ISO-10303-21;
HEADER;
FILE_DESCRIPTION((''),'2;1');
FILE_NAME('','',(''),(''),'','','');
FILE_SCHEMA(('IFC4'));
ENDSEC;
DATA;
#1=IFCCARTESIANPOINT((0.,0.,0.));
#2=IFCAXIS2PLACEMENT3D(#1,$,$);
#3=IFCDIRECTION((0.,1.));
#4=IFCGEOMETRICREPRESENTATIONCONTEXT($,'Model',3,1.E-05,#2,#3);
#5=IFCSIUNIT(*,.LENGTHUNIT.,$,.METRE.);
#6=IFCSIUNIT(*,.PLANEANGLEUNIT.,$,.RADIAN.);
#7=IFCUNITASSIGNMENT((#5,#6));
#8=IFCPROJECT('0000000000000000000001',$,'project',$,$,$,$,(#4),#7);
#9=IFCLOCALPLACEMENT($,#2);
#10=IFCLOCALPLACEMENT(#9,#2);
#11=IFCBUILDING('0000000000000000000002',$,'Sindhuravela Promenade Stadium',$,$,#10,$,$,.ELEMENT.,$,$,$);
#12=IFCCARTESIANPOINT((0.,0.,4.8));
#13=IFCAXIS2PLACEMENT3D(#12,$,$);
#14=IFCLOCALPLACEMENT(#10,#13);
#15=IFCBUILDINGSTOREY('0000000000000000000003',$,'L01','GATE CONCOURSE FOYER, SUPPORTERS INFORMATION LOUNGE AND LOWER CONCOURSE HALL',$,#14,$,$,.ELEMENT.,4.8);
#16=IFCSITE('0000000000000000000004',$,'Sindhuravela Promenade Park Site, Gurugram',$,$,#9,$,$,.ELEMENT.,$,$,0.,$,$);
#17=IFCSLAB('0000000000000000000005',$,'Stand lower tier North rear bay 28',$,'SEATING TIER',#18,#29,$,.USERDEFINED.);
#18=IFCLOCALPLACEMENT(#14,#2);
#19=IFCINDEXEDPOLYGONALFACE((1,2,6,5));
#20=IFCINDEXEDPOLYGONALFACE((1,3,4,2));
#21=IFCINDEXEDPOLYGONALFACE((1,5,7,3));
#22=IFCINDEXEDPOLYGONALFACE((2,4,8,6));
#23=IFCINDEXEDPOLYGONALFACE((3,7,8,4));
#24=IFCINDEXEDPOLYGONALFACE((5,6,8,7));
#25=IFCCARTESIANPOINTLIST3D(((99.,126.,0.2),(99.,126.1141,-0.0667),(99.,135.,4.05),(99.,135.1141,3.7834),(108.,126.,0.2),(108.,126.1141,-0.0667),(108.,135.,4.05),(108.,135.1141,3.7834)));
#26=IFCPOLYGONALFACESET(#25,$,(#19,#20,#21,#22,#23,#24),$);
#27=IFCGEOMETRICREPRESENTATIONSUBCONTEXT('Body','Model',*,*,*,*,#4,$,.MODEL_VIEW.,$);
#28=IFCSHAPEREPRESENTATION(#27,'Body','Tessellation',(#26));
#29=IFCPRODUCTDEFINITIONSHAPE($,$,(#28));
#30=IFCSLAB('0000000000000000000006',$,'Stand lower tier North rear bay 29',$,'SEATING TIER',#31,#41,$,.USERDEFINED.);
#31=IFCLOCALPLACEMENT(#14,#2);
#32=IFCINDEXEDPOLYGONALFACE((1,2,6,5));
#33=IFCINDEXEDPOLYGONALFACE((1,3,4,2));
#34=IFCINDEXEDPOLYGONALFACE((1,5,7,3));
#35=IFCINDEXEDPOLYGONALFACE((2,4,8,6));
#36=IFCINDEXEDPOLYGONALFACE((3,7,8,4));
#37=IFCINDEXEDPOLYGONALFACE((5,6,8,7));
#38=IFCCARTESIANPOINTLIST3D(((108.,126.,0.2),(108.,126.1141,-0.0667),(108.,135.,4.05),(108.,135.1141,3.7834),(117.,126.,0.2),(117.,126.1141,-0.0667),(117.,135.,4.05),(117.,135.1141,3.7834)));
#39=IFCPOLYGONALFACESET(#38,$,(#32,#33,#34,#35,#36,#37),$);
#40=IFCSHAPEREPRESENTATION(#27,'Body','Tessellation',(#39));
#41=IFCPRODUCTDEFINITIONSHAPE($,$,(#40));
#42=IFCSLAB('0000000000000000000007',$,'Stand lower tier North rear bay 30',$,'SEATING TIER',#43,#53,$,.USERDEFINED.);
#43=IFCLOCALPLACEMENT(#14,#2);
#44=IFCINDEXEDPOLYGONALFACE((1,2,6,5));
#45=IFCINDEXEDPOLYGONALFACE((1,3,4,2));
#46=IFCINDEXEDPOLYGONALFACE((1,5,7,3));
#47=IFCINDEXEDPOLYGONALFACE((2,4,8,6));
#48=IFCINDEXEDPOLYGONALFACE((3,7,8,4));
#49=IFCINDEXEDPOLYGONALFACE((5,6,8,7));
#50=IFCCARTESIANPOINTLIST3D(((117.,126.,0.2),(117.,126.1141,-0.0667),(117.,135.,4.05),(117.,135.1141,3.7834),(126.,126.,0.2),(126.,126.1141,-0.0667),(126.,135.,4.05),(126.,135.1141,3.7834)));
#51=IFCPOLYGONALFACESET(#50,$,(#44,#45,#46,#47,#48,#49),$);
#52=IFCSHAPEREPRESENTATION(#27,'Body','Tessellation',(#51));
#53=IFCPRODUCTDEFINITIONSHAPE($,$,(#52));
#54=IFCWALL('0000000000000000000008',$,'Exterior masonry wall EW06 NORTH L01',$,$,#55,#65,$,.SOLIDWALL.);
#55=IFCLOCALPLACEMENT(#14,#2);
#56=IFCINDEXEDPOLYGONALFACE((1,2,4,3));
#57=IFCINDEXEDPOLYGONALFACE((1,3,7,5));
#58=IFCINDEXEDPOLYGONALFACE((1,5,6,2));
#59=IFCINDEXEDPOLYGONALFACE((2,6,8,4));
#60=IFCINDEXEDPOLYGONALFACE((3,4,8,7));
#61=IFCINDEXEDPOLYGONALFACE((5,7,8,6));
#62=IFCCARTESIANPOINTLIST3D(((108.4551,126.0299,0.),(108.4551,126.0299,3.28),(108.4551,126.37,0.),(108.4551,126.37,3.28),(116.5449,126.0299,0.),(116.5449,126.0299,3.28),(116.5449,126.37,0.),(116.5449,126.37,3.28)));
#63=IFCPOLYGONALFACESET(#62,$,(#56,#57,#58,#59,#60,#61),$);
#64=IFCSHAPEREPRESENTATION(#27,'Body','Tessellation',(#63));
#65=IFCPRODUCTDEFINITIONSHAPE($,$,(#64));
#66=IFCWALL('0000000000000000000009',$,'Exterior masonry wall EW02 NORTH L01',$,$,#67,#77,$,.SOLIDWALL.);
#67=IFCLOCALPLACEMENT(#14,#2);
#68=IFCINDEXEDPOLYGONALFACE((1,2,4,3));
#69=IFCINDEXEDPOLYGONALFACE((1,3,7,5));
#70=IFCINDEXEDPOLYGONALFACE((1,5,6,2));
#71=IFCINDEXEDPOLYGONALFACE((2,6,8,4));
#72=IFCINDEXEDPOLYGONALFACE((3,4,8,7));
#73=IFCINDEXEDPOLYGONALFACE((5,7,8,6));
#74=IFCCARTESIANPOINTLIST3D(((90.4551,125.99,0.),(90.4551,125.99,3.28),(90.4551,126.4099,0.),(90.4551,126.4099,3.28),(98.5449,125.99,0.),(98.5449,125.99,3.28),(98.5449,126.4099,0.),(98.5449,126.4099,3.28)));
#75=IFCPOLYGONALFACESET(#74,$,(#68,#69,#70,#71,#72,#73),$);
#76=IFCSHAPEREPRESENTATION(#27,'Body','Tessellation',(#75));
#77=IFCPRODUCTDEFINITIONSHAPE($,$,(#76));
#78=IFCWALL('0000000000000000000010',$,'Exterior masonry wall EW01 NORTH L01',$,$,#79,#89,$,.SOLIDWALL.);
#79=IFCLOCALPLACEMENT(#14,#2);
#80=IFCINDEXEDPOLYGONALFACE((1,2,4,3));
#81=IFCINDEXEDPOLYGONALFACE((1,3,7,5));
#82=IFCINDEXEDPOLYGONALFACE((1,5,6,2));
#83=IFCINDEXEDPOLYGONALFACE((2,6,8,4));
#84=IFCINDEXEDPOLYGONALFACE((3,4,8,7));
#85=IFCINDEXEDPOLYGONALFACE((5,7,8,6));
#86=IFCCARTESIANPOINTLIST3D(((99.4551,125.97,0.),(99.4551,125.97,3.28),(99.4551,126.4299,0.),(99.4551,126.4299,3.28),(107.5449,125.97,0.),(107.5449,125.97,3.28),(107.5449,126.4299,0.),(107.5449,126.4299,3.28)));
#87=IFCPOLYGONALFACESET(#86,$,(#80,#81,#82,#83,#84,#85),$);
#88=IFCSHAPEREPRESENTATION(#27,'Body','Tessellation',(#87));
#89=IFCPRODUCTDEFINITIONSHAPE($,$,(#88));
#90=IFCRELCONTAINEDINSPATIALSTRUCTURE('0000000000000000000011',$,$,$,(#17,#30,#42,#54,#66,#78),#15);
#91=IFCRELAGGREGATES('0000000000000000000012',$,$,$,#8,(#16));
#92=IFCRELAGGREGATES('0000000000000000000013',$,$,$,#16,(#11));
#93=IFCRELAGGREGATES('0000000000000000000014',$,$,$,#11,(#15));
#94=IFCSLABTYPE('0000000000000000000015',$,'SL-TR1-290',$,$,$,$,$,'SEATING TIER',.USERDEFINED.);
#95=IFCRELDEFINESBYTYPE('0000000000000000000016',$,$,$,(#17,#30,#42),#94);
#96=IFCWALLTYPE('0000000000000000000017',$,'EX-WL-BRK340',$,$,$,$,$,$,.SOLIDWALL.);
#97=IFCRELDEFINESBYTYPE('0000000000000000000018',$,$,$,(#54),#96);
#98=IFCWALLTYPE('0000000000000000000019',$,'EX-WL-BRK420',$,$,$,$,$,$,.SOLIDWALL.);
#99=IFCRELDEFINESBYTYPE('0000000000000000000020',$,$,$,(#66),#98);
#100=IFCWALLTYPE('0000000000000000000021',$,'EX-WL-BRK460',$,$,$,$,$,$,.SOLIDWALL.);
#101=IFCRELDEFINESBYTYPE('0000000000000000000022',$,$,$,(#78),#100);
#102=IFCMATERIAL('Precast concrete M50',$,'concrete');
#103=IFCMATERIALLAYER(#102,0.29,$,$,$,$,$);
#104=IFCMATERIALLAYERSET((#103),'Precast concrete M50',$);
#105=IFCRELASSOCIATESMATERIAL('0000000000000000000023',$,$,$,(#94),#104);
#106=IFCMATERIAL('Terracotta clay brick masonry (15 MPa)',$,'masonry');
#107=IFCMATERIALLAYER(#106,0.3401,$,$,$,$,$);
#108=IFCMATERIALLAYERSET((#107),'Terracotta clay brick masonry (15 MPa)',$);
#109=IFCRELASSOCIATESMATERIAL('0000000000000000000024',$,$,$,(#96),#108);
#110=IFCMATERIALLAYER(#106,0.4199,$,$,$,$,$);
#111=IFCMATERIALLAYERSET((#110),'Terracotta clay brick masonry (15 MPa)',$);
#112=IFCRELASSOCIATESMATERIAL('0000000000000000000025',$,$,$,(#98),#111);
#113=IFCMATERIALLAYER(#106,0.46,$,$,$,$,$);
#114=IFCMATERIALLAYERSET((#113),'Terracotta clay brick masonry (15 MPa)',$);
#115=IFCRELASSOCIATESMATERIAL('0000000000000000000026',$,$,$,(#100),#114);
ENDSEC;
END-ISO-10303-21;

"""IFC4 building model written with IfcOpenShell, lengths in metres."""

from ifc_helpers import new_model, si_unit, direction, frame, frame_2d, origin, place, context, subcontext, project, spatial, polyline, rectangle, outline, extrude, material, layer, layer_set, type_object, element, save


model = new_model("IFC4")

# Units and contexts
model_context = context("Model", 3, precision=1e-05, world=origin(), true_north=direction((0.0, 1.0)))
body_context = subcontext(model_context, "Body", "Model", "MODEL_VIEW")
ifc_project = project(units=[si_unit("LENGTHUNIT", "METRE"), si_unit("PLANEANGLEUNIT", "RADIAN")], contexts=[model_context])

# Site, building, storey
site_placement = place(None, origin())
site = spatial("IfcSite", under=ifc_project, at=site_placement, Name="Sindhuravela Promenade Park Site, Gurugram", CompositionType="ELEMENT", RefElevation=0.0)
building_placement = place(site_placement, origin())
building = spatial("IfcBuilding", under=site, at=building_placement, Name="Sindhuravela Promenade Stadium", CompositionType="ELEMENT")
storey_placement = place(building_placement, frame((0.0, 0.0, 4.8)))
storey = spatial("IfcBuildingStorey", under=building, at=storey_placement, Name="L01", Description="GATE CONCOURSE FOYER, SUPPORTERS INFORMATION LOUNGE AND LOWER CONCOURSE HALL", CompositionType="ELEMENT", Elevation=4.8)

# Slabs
ifc_material_1 = material(Name="Precast concrete M50", Category="concrete")
ifc_layer_1 = layer(ifc_material_1, 0.29)
ifc_layer_set_1 = layer_set([ifc_layer_1], Name="Precast concrete M50")
slab_type = type_object("IfcSlabType", Name="SL-TR1-290", ElementType="SEATING TIER", PredefinedType="USERDEFINED", material=ifc_layer_set_1)
for number, where, z_axis, x_axis, name in (
    (1, (99.0, 126.0, 0.2), (0.0, -0.393311, 0.919405), (1.0, 0.0, 0.0), "Stand lower tier North rear bay 28"),
    (2, (108.0, 126.0, 0.2), (0.0, -0.393311, 0.919405), (1.0, 0.0, 0.0), "Stand lower tier North rear bay 29"),
    (3, (117.0, 126.0, 0.2), (0.0, -0.393311, 0.919405), (1.0, 0.0, 0.0), "Stand lower tier North rear bay 30"),
):
    element("IfcSlab", number, at=place(storey_placement, frame(where, z_axis=z_axis, x_axis=x_axis)), inside=storey, type_object=slab_type, Name=name, ObjectType="SEATING TIER", PredefinedType="USERDEFINED", context=body_context, shape_type="SweptSolid", body=[
        extrude(outline(polyline([(0.0, 0.0), (9.0, 0.0), (9.0, 9.7889), (0.0, 9.7889), (0.0, 0.0)])), origin(), (0.0, 0.0, -1.0), 0.29),
    ])

# Walls
ifc_material_2 = material(Name="Terracotta clay brick masonry (15 MPa)", Category="masonry")
ifc_layer_2 = layer(ifc_material_2, 0.3401)
ifc_layer_set_2 = layer_set([ifc_layer_2], Name="Terracotta clay brick masonry (15 MPa)")
wall_type_1 = type_object("IfcWallType", Name="EX-WL-BRK340", PredefinedType="SOLIDWALL", material=ifc_layer_set_2)
wall_1_placement = place(storey_placement, frame((116.5449, 126.2, 0.0), z_axis=(0.0, 0.0, 1.0), x_axis=(-1.0, 0.0, 0.0)))
element("IfcWall", 4, at=wall_1_placement, inside=storey, type_object=wall_type_1, Name="Exterior masonry wall EW06 NORTH L01", PredefinedType="SOLIDWALL", context=body_context, shape_type="SweptSolid", body=[
    extrude(rectangle(XDim=8.0898, YDim=0.3401, at=frame_2d((4.0449, 0.0))), origin(), (0.0, 0.0, 1.0), 3.28),
])
ifc_layer_3 = layer(ifc_material_2, 0.4199)
ifc_layer_set_3 = layer_set([ifc_layer_3], Name="Terracotta clay brick masonry (15 MPa)")
wall_type_2 = type_object("IfcWallType", Name="EX-WL-BRK420", PredefinedType="SOLIDWALL", material=ifc_layer_set_3)
wall_2_placement = place(storey_placement, frame((98.5449, 126.2, 0.0), z_axis=(0.0, 0.0, 1.0), x_axis=(-1.0, 0.0, 0.0)))
element("IfcWall", 5, at=wall_2_placement, inside=storey, type_object=wall_type_2, Name="Exterior masonry wall EW02 NORTH L01", PredefinedType="SOLIDWALL", context=body_context, shape_type="SweptSolid", body=[
    extrude(rectangle(XDim=8.0898, YDim=0.4199, at=frame_2d((4.0449, 0.0))), origin(), (0.0, 0.0, 1.0), 3.28),
])
ifc_layer_4 = layer(ifc_material_2, 0.46)
ifc_layer_set_4 = layer_set([ifc_layer_4], Name="Terracotta clay brick masonry (15 MPa)")
wall_type_3 = type_object("IfcWallType", Name="EX-WL-BRK460", PredefinedType="SOLIDWALL", material=ifc_layer_set_4)
wall_3_placement = place(storey_placement, frame((107.5449, 126.2, 0.0), z_axis=(0.0, 0.0, 1.0), x_axis=(-1.0, 0.0, 0.0)))
element("IfcWall", 6, at=wall_3_placement, inside=storey, type_object=wall_type_3, Name="Exterior masonry wall EW01 NORTH L01", PredefinedType="SOLIDWALL", context=body_context, shape_type="SweptSolid", body=[
    extrude(rectangle(XDim=8.0898, YDim=0.46, at=frame_2d((4.0449, 0.0))), origin(), (0.0, 0.0, 1.0), 3.28),
])

save(model, "model.ifc")
